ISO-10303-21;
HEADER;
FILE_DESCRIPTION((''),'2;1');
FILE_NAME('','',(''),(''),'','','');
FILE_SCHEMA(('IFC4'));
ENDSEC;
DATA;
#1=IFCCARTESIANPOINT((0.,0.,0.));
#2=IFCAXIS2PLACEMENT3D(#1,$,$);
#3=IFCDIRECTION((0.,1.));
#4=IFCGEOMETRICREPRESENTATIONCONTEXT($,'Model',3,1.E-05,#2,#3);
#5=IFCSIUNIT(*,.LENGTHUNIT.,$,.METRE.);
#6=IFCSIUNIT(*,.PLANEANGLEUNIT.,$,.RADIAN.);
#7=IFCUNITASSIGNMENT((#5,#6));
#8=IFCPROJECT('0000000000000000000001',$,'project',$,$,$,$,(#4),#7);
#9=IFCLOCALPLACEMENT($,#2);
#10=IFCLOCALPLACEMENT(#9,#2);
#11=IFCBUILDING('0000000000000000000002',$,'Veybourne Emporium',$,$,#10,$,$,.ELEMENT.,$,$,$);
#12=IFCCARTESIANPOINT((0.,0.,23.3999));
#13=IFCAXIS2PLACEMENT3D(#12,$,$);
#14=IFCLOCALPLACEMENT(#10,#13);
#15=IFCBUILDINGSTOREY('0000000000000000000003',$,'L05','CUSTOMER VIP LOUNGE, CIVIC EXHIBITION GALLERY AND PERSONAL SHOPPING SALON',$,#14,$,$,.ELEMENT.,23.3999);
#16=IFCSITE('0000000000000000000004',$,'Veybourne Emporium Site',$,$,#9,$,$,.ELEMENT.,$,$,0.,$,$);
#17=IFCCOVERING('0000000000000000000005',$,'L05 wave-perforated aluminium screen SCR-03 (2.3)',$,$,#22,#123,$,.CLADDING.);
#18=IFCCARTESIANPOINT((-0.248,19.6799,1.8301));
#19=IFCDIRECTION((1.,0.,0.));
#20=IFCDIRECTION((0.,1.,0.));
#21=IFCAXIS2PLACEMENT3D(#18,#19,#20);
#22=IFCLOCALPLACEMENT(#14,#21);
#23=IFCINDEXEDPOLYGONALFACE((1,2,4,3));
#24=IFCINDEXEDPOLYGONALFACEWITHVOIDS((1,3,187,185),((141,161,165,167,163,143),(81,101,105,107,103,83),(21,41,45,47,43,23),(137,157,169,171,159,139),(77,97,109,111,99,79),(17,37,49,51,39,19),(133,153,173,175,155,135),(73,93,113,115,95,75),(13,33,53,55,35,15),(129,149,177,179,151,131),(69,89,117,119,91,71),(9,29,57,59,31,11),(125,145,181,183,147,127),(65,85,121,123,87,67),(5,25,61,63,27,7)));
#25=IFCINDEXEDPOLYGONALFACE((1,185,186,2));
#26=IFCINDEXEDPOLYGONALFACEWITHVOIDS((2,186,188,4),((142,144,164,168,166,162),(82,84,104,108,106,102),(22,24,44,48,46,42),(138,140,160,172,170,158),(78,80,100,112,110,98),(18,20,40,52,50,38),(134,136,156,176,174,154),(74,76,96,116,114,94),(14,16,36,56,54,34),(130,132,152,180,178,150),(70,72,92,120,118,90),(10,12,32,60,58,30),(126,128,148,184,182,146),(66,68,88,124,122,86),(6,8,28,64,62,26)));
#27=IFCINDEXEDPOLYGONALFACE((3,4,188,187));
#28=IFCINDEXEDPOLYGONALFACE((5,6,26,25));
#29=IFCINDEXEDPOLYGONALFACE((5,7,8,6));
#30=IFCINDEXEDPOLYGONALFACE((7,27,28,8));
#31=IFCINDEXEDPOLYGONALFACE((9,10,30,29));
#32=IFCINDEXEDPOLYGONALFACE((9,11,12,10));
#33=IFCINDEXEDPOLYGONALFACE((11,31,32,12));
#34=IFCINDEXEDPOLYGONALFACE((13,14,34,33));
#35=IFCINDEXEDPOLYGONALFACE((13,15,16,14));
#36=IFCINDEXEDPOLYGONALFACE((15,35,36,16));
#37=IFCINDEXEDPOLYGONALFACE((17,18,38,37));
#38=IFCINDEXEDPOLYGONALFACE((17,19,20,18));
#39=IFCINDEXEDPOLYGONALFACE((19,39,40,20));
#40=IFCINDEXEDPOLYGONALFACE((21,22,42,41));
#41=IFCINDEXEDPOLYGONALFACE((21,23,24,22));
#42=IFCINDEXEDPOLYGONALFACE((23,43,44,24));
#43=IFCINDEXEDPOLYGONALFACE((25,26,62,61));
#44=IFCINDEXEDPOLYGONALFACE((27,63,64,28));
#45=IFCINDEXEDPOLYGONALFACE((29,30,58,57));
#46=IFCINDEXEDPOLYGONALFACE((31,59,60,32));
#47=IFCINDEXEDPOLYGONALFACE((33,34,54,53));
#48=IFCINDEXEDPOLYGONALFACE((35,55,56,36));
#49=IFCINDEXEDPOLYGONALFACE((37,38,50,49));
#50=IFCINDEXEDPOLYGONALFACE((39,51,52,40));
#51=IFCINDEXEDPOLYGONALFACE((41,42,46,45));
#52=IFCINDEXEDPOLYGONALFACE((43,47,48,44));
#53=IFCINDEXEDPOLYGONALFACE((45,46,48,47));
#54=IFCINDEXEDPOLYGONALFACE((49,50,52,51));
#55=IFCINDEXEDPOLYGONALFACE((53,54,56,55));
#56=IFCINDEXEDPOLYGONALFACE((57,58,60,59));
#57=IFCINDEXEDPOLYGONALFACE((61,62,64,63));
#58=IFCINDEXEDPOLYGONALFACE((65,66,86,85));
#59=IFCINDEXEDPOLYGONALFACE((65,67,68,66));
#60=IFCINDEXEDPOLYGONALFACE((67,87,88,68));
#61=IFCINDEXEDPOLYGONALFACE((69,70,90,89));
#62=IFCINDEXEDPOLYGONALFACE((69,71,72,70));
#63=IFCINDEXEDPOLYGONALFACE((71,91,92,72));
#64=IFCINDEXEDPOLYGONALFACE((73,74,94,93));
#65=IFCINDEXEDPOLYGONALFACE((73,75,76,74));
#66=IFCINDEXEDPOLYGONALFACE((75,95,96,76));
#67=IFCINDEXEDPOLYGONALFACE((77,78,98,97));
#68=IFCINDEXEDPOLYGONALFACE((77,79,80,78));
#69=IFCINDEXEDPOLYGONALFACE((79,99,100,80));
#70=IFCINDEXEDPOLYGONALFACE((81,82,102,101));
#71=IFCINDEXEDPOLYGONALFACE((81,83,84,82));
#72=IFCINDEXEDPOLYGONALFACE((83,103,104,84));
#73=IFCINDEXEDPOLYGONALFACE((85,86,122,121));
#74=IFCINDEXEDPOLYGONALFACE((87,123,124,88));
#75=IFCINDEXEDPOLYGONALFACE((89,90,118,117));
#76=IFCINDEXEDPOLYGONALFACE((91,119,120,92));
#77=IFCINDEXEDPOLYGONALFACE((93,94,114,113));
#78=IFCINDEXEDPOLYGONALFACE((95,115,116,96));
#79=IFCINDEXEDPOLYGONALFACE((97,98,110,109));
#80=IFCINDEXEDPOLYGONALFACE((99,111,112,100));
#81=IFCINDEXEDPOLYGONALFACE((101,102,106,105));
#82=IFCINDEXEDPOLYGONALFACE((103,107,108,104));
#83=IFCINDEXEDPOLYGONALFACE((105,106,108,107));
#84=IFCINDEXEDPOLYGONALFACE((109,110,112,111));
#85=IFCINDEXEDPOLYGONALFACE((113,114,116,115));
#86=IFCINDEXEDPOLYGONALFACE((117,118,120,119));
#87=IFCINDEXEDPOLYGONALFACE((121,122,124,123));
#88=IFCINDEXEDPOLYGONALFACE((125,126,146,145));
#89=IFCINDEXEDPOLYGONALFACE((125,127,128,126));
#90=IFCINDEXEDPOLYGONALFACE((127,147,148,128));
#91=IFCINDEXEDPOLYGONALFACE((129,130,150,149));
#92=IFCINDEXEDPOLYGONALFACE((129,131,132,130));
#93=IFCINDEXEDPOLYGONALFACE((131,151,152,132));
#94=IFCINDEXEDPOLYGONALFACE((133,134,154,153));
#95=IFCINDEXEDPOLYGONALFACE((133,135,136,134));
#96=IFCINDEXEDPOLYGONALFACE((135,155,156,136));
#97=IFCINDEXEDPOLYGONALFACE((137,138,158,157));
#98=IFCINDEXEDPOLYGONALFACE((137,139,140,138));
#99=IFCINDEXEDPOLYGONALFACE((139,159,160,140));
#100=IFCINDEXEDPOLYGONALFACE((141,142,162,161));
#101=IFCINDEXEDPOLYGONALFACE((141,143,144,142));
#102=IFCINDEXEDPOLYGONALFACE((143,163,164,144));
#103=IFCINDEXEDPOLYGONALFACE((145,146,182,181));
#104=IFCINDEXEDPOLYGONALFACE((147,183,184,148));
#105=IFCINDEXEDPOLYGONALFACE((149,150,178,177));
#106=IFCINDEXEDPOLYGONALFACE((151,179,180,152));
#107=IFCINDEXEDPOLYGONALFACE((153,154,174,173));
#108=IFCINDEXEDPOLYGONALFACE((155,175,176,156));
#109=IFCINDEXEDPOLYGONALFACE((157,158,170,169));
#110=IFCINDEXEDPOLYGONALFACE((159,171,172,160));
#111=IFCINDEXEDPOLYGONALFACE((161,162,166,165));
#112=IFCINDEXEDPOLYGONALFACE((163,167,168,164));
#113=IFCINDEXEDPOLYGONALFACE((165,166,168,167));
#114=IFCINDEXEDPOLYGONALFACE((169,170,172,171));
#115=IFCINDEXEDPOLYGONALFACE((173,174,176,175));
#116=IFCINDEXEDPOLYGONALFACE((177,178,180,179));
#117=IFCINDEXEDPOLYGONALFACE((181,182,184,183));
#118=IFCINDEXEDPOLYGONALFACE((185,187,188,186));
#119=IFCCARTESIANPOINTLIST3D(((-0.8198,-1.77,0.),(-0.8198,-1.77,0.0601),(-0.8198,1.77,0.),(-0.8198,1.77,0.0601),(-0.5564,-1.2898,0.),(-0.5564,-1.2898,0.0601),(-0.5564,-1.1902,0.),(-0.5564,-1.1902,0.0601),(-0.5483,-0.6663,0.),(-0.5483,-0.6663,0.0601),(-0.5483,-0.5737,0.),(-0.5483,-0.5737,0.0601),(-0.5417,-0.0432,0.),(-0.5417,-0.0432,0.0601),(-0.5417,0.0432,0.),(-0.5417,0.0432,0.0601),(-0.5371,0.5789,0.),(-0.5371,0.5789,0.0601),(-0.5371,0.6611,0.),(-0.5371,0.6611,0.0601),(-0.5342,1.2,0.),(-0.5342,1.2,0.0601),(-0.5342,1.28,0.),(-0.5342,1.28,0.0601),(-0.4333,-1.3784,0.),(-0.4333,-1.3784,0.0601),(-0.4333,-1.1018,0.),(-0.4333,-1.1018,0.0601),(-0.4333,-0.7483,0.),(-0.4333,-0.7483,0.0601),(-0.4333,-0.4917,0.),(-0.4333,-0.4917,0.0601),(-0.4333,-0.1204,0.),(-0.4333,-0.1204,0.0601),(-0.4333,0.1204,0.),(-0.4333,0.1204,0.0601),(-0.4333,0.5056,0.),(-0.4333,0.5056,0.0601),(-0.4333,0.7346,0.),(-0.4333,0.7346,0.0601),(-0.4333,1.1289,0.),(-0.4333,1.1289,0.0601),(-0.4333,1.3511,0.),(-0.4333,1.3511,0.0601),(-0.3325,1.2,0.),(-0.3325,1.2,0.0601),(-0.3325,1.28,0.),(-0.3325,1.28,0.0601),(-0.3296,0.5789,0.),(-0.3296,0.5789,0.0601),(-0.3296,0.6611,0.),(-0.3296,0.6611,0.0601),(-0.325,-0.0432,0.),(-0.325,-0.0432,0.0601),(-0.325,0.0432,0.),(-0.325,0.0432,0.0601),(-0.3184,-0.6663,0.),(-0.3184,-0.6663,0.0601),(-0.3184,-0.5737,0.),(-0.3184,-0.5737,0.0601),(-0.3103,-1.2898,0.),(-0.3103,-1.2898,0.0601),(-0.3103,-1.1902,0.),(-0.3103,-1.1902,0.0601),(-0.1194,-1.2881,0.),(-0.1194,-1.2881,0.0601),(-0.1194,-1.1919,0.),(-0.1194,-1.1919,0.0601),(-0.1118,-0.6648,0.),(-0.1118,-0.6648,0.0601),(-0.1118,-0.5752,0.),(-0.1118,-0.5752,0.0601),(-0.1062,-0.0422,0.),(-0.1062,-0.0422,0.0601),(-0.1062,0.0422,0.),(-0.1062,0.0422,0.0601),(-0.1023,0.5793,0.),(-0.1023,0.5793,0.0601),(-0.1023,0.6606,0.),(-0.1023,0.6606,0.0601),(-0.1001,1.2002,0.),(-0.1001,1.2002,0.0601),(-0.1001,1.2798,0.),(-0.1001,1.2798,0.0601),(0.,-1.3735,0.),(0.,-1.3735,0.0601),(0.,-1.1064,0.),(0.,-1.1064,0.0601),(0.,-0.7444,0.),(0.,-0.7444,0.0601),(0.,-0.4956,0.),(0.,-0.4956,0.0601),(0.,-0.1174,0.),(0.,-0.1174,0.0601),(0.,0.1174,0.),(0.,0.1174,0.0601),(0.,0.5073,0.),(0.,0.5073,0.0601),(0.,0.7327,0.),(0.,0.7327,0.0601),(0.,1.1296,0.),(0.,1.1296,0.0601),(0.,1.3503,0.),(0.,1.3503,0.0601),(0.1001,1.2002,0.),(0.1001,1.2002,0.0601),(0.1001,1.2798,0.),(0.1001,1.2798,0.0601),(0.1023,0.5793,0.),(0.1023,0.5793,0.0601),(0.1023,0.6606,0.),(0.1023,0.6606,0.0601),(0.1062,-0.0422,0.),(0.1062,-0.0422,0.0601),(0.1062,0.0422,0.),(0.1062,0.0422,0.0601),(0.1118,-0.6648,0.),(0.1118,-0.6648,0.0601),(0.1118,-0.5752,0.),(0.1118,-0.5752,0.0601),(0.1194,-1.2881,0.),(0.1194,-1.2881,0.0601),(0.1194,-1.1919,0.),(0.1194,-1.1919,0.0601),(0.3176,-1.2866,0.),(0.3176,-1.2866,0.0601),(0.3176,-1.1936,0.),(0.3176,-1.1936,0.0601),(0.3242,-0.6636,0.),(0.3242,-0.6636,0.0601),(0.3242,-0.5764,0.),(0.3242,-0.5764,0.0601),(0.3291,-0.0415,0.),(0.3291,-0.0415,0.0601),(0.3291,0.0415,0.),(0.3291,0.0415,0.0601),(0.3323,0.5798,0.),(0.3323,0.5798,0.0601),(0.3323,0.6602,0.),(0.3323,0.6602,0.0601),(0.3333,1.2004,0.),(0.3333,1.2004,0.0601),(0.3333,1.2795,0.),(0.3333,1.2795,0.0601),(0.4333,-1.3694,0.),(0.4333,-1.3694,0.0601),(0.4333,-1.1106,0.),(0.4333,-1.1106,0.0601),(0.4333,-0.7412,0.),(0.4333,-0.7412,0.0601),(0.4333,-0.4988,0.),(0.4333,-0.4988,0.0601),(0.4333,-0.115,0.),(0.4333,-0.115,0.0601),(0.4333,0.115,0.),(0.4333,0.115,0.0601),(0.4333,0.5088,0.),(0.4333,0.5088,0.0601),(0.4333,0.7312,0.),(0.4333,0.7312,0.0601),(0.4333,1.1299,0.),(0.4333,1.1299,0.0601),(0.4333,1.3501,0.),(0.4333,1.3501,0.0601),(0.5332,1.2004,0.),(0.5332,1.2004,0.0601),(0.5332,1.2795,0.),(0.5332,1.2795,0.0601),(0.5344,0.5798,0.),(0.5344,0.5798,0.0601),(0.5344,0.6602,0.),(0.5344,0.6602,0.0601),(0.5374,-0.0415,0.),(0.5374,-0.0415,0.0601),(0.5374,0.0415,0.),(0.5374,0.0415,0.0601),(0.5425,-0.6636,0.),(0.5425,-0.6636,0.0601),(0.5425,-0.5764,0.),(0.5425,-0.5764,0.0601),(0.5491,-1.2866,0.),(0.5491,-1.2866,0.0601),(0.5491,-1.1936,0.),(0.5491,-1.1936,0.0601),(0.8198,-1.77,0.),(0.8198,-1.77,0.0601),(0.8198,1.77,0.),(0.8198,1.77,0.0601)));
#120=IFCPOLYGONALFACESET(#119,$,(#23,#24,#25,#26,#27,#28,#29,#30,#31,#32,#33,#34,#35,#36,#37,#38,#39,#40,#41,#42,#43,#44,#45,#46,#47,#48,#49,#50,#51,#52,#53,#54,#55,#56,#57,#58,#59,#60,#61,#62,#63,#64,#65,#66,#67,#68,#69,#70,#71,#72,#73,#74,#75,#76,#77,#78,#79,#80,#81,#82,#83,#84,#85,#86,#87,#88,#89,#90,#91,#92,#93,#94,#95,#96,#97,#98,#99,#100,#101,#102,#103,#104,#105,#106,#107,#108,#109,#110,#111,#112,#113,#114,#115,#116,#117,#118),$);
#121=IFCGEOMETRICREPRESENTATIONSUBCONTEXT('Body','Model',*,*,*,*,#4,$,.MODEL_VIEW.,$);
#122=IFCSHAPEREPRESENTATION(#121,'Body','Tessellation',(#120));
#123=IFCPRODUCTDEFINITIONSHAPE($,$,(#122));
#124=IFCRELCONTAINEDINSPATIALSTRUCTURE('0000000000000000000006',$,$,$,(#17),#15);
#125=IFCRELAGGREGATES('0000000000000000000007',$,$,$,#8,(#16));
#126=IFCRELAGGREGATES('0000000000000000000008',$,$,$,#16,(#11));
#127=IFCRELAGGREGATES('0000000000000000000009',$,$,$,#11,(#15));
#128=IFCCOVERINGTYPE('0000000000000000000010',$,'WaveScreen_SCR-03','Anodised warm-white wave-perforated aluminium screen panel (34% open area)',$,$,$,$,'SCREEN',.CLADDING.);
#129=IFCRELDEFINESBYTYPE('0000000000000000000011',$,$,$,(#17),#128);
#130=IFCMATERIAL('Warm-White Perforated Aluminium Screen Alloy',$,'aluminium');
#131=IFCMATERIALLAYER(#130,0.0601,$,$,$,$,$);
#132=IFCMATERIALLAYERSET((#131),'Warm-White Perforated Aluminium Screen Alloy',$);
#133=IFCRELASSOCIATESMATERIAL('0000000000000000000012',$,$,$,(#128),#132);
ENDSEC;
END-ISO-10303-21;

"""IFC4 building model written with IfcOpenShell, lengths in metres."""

from ifc_helpers import new_model, si_unit, direction, frame, origin, place, context, subcontext, project, spatial, polyline, outline, extrude, material, layer, layer_set, type_object, element, save


model = new_model("IFC4")

# Units and contexts
model_context = context("Model", 3, precision=1e-05, world=origin(), true_north=direction((0.0, 1.0)))
body_context = subcontext(model_context, "Body", "Model", "MODEL_VIEW")
ifc_project = project(units=[si_unit("LENGTHUNIT", "METRE"), si_unit("PLANEANGLEUNIT", "RADIAN")], contexts=[model_context])

# Site, building, storey
site_placement = place(None, origin())
site = spatial("IfcSite", under=ifc_project, at=site_placement, Name="Veybourne Emporium Site", CompositionType="ELEMENT", RefElevation=0.0)
building_placement = place(site_placement, origin())
building = spatial("IfcBuilding", under=site, at=building_placement, Name="Veybourne Emporium", CompositionType="ELEMENT")
storey_placement = place(building_placement, frame((0.0, 0.0, 23.3999)))
storey = spatial("IfcBuildingStorey", under=building, at=storey_placement, Name="L05", Description="CUSTOMER VIP LOUNGE, CIVIC EXHIBITION GALLERY AND PERSONAL SHOPPING SALON", CompositionType="ELEMENT", Elevation=23.3999)

# Covering
ifc_material_1 = material(Name="Warm-White Perforated Aluminium Screen Alloy", Category="aluminium")
ifc_layer_1 = layer(ifc_material_1, 0.0601)
ifc_layer_set_1 = layer_set([ifc_layer_1], Name="Warm-White Perforated Aluminium Screen Alloy")
covering_type_1 = type_object("IfcCoveringType", Name="WaveScreen_SCR-03", Description="Anodised warm-white wave-perforated aluminium screen panel (34% open area)", ElementType="SCREEN", PredefinedType="CLADDING", material=ifc_layer_set_1)
covering_1_placement = place(storey_placement, frame((-0.248, 19.6799, 1.8301), z_axis=(1.0, 0.0, 0.0), x_axis=(0.0, 1.0, 0.0)))
element("IfcCovering", 1, at=covering_1_placement, inside=storey, type_object=covering_type_1, Name="L05 wave-perforated aluminium screen SCR-03 (2.3)", PredefinedType="CLADDING", context=body_context, shape_type="SweptSolid", body=[
    extrude(outline(polyline([(-0.8198, -1.77), (0.8198, -1.77), (0.8198, 1.77), (-0.8198, 1.77), (-0.8198, -1.77)]), holes=[polyline([(-0.4333, -1.1018), (-0.3103, -1.1902), (-0.3103, -1.2898), (-0.4333, -1.3784), (-0.5564, -1.2898), (-0.5564, -1.1902), (-0.4333, -1.1018)]), polyline([(-0.4333, -0.4917), (-0.3184, -0.5737), (-0.3184, -0.6663), (-0.4333, -0.7483), (-0.5483, -0.6663), (-0.5483, -0.5737), (-0.4333, -0.4917)]), polyline([(-0.4333, 0.1204), (-0.325, 0.0432), (-0.325, -0.0432), (-0.4333, -0.1204), (-0.5417, -0.0432), (-0.5417, 0.0432), (-0.4333, 0.1204)]), polyline([(-0.4333, 0.7346), (-0.3296, 0.6611), (-0.3296, 0.5789), (-0.4333, 0.5056), (-0.5371, 0.5789), (-0.5371, 0.6611), (-0.4333, 0.7346)]), polyline([(-0.4333, 1.3511), (-0.3325, 1.28), (-0.3325, 1.2), (-0.4333, 1.1289), (-0.5342, 1.2), (-0.5342, 1.28), (-0.4333, 1.3511)]), polyline([(0.0, -1.1064), (0.1194, -1.1919), (0.1194, -1.2881), (0.0, -1.3735), (-0.1194, -1.2881), (-0.1194, -1.1919), (0.0, -1.1064)]), polyline([(0.0, -0.4956), (0.1118, -0.5752), (0.1118, -0.6648), (0.0, -0.7444), (-0.1118, -0.6648), (-0.1118, -0.5752), (0.0, -0.4956)]), polyline([(0.0, 0.1174), (0.1062, 0.0422), (0.1062, -0.0422), (0.0, -0.1174), (-0.1062, -0.0422), (-0.1062, 0.0422), (0.0, 0.1174)]), polyline([(0.0, 0.7327), (0.1023, 0.6606), (0.1023, 0.5793), (0.0, 0.5073), (-0.1023, 0.5793), (-0.1023, 0.6606), (0.0, 0.7327)]), polyline([(0.0, 1.3503), (0.1001, 1.2798), (0.1001, 1.2002), (0.0, 1.1296), (-0.1001, 1.2002), (-0.1001, 1.2798), (0.0, 1.3503)]), polyline([(0.4333, -1.1106), (0.5491, -1.1936), (0.5491, -1.2866), (0.4333, -1.3694), (0.3176, -1.2866), (0.3176, -1.1936), (0.4333, -1.1106)]), polyline([(0.4333, -0.4988), (0.5425, -0.5764), (0.5425, -0.6636), (0.4333, -0.7412), (0.3242, -0.6636), (0.3242, -0.5764), (0.4333, -0.4988)]), polyline([(0.4333, 0.115), (0.5374, 0.0415), (0.5374, -0.0415), (0.4333, -0.115), (0.3291, -0.0415), (0.3291, 0.0415), (0.4333, 0.115)]), polyline([(0.4333, 0.7312), (0.5344, 0.6602), (0.5344, 0.5798), (0.4333, 0.5088), (0.3323, 0.5798), (0.3323, 0.6602), (0.4333, 0.7312)]), polyline([(0.4333, 1.3501), (0.5332, 1.2795), (0.5332, 1.2004), (0.4333, 1.1299), (0.3333, 1.2004), (0.3333, 1.2795), (0.4333, 1.3501)])]), origin(), (0.0, 0.0, 1.0), 0.0601),
])

save(model, "model.ifc")
